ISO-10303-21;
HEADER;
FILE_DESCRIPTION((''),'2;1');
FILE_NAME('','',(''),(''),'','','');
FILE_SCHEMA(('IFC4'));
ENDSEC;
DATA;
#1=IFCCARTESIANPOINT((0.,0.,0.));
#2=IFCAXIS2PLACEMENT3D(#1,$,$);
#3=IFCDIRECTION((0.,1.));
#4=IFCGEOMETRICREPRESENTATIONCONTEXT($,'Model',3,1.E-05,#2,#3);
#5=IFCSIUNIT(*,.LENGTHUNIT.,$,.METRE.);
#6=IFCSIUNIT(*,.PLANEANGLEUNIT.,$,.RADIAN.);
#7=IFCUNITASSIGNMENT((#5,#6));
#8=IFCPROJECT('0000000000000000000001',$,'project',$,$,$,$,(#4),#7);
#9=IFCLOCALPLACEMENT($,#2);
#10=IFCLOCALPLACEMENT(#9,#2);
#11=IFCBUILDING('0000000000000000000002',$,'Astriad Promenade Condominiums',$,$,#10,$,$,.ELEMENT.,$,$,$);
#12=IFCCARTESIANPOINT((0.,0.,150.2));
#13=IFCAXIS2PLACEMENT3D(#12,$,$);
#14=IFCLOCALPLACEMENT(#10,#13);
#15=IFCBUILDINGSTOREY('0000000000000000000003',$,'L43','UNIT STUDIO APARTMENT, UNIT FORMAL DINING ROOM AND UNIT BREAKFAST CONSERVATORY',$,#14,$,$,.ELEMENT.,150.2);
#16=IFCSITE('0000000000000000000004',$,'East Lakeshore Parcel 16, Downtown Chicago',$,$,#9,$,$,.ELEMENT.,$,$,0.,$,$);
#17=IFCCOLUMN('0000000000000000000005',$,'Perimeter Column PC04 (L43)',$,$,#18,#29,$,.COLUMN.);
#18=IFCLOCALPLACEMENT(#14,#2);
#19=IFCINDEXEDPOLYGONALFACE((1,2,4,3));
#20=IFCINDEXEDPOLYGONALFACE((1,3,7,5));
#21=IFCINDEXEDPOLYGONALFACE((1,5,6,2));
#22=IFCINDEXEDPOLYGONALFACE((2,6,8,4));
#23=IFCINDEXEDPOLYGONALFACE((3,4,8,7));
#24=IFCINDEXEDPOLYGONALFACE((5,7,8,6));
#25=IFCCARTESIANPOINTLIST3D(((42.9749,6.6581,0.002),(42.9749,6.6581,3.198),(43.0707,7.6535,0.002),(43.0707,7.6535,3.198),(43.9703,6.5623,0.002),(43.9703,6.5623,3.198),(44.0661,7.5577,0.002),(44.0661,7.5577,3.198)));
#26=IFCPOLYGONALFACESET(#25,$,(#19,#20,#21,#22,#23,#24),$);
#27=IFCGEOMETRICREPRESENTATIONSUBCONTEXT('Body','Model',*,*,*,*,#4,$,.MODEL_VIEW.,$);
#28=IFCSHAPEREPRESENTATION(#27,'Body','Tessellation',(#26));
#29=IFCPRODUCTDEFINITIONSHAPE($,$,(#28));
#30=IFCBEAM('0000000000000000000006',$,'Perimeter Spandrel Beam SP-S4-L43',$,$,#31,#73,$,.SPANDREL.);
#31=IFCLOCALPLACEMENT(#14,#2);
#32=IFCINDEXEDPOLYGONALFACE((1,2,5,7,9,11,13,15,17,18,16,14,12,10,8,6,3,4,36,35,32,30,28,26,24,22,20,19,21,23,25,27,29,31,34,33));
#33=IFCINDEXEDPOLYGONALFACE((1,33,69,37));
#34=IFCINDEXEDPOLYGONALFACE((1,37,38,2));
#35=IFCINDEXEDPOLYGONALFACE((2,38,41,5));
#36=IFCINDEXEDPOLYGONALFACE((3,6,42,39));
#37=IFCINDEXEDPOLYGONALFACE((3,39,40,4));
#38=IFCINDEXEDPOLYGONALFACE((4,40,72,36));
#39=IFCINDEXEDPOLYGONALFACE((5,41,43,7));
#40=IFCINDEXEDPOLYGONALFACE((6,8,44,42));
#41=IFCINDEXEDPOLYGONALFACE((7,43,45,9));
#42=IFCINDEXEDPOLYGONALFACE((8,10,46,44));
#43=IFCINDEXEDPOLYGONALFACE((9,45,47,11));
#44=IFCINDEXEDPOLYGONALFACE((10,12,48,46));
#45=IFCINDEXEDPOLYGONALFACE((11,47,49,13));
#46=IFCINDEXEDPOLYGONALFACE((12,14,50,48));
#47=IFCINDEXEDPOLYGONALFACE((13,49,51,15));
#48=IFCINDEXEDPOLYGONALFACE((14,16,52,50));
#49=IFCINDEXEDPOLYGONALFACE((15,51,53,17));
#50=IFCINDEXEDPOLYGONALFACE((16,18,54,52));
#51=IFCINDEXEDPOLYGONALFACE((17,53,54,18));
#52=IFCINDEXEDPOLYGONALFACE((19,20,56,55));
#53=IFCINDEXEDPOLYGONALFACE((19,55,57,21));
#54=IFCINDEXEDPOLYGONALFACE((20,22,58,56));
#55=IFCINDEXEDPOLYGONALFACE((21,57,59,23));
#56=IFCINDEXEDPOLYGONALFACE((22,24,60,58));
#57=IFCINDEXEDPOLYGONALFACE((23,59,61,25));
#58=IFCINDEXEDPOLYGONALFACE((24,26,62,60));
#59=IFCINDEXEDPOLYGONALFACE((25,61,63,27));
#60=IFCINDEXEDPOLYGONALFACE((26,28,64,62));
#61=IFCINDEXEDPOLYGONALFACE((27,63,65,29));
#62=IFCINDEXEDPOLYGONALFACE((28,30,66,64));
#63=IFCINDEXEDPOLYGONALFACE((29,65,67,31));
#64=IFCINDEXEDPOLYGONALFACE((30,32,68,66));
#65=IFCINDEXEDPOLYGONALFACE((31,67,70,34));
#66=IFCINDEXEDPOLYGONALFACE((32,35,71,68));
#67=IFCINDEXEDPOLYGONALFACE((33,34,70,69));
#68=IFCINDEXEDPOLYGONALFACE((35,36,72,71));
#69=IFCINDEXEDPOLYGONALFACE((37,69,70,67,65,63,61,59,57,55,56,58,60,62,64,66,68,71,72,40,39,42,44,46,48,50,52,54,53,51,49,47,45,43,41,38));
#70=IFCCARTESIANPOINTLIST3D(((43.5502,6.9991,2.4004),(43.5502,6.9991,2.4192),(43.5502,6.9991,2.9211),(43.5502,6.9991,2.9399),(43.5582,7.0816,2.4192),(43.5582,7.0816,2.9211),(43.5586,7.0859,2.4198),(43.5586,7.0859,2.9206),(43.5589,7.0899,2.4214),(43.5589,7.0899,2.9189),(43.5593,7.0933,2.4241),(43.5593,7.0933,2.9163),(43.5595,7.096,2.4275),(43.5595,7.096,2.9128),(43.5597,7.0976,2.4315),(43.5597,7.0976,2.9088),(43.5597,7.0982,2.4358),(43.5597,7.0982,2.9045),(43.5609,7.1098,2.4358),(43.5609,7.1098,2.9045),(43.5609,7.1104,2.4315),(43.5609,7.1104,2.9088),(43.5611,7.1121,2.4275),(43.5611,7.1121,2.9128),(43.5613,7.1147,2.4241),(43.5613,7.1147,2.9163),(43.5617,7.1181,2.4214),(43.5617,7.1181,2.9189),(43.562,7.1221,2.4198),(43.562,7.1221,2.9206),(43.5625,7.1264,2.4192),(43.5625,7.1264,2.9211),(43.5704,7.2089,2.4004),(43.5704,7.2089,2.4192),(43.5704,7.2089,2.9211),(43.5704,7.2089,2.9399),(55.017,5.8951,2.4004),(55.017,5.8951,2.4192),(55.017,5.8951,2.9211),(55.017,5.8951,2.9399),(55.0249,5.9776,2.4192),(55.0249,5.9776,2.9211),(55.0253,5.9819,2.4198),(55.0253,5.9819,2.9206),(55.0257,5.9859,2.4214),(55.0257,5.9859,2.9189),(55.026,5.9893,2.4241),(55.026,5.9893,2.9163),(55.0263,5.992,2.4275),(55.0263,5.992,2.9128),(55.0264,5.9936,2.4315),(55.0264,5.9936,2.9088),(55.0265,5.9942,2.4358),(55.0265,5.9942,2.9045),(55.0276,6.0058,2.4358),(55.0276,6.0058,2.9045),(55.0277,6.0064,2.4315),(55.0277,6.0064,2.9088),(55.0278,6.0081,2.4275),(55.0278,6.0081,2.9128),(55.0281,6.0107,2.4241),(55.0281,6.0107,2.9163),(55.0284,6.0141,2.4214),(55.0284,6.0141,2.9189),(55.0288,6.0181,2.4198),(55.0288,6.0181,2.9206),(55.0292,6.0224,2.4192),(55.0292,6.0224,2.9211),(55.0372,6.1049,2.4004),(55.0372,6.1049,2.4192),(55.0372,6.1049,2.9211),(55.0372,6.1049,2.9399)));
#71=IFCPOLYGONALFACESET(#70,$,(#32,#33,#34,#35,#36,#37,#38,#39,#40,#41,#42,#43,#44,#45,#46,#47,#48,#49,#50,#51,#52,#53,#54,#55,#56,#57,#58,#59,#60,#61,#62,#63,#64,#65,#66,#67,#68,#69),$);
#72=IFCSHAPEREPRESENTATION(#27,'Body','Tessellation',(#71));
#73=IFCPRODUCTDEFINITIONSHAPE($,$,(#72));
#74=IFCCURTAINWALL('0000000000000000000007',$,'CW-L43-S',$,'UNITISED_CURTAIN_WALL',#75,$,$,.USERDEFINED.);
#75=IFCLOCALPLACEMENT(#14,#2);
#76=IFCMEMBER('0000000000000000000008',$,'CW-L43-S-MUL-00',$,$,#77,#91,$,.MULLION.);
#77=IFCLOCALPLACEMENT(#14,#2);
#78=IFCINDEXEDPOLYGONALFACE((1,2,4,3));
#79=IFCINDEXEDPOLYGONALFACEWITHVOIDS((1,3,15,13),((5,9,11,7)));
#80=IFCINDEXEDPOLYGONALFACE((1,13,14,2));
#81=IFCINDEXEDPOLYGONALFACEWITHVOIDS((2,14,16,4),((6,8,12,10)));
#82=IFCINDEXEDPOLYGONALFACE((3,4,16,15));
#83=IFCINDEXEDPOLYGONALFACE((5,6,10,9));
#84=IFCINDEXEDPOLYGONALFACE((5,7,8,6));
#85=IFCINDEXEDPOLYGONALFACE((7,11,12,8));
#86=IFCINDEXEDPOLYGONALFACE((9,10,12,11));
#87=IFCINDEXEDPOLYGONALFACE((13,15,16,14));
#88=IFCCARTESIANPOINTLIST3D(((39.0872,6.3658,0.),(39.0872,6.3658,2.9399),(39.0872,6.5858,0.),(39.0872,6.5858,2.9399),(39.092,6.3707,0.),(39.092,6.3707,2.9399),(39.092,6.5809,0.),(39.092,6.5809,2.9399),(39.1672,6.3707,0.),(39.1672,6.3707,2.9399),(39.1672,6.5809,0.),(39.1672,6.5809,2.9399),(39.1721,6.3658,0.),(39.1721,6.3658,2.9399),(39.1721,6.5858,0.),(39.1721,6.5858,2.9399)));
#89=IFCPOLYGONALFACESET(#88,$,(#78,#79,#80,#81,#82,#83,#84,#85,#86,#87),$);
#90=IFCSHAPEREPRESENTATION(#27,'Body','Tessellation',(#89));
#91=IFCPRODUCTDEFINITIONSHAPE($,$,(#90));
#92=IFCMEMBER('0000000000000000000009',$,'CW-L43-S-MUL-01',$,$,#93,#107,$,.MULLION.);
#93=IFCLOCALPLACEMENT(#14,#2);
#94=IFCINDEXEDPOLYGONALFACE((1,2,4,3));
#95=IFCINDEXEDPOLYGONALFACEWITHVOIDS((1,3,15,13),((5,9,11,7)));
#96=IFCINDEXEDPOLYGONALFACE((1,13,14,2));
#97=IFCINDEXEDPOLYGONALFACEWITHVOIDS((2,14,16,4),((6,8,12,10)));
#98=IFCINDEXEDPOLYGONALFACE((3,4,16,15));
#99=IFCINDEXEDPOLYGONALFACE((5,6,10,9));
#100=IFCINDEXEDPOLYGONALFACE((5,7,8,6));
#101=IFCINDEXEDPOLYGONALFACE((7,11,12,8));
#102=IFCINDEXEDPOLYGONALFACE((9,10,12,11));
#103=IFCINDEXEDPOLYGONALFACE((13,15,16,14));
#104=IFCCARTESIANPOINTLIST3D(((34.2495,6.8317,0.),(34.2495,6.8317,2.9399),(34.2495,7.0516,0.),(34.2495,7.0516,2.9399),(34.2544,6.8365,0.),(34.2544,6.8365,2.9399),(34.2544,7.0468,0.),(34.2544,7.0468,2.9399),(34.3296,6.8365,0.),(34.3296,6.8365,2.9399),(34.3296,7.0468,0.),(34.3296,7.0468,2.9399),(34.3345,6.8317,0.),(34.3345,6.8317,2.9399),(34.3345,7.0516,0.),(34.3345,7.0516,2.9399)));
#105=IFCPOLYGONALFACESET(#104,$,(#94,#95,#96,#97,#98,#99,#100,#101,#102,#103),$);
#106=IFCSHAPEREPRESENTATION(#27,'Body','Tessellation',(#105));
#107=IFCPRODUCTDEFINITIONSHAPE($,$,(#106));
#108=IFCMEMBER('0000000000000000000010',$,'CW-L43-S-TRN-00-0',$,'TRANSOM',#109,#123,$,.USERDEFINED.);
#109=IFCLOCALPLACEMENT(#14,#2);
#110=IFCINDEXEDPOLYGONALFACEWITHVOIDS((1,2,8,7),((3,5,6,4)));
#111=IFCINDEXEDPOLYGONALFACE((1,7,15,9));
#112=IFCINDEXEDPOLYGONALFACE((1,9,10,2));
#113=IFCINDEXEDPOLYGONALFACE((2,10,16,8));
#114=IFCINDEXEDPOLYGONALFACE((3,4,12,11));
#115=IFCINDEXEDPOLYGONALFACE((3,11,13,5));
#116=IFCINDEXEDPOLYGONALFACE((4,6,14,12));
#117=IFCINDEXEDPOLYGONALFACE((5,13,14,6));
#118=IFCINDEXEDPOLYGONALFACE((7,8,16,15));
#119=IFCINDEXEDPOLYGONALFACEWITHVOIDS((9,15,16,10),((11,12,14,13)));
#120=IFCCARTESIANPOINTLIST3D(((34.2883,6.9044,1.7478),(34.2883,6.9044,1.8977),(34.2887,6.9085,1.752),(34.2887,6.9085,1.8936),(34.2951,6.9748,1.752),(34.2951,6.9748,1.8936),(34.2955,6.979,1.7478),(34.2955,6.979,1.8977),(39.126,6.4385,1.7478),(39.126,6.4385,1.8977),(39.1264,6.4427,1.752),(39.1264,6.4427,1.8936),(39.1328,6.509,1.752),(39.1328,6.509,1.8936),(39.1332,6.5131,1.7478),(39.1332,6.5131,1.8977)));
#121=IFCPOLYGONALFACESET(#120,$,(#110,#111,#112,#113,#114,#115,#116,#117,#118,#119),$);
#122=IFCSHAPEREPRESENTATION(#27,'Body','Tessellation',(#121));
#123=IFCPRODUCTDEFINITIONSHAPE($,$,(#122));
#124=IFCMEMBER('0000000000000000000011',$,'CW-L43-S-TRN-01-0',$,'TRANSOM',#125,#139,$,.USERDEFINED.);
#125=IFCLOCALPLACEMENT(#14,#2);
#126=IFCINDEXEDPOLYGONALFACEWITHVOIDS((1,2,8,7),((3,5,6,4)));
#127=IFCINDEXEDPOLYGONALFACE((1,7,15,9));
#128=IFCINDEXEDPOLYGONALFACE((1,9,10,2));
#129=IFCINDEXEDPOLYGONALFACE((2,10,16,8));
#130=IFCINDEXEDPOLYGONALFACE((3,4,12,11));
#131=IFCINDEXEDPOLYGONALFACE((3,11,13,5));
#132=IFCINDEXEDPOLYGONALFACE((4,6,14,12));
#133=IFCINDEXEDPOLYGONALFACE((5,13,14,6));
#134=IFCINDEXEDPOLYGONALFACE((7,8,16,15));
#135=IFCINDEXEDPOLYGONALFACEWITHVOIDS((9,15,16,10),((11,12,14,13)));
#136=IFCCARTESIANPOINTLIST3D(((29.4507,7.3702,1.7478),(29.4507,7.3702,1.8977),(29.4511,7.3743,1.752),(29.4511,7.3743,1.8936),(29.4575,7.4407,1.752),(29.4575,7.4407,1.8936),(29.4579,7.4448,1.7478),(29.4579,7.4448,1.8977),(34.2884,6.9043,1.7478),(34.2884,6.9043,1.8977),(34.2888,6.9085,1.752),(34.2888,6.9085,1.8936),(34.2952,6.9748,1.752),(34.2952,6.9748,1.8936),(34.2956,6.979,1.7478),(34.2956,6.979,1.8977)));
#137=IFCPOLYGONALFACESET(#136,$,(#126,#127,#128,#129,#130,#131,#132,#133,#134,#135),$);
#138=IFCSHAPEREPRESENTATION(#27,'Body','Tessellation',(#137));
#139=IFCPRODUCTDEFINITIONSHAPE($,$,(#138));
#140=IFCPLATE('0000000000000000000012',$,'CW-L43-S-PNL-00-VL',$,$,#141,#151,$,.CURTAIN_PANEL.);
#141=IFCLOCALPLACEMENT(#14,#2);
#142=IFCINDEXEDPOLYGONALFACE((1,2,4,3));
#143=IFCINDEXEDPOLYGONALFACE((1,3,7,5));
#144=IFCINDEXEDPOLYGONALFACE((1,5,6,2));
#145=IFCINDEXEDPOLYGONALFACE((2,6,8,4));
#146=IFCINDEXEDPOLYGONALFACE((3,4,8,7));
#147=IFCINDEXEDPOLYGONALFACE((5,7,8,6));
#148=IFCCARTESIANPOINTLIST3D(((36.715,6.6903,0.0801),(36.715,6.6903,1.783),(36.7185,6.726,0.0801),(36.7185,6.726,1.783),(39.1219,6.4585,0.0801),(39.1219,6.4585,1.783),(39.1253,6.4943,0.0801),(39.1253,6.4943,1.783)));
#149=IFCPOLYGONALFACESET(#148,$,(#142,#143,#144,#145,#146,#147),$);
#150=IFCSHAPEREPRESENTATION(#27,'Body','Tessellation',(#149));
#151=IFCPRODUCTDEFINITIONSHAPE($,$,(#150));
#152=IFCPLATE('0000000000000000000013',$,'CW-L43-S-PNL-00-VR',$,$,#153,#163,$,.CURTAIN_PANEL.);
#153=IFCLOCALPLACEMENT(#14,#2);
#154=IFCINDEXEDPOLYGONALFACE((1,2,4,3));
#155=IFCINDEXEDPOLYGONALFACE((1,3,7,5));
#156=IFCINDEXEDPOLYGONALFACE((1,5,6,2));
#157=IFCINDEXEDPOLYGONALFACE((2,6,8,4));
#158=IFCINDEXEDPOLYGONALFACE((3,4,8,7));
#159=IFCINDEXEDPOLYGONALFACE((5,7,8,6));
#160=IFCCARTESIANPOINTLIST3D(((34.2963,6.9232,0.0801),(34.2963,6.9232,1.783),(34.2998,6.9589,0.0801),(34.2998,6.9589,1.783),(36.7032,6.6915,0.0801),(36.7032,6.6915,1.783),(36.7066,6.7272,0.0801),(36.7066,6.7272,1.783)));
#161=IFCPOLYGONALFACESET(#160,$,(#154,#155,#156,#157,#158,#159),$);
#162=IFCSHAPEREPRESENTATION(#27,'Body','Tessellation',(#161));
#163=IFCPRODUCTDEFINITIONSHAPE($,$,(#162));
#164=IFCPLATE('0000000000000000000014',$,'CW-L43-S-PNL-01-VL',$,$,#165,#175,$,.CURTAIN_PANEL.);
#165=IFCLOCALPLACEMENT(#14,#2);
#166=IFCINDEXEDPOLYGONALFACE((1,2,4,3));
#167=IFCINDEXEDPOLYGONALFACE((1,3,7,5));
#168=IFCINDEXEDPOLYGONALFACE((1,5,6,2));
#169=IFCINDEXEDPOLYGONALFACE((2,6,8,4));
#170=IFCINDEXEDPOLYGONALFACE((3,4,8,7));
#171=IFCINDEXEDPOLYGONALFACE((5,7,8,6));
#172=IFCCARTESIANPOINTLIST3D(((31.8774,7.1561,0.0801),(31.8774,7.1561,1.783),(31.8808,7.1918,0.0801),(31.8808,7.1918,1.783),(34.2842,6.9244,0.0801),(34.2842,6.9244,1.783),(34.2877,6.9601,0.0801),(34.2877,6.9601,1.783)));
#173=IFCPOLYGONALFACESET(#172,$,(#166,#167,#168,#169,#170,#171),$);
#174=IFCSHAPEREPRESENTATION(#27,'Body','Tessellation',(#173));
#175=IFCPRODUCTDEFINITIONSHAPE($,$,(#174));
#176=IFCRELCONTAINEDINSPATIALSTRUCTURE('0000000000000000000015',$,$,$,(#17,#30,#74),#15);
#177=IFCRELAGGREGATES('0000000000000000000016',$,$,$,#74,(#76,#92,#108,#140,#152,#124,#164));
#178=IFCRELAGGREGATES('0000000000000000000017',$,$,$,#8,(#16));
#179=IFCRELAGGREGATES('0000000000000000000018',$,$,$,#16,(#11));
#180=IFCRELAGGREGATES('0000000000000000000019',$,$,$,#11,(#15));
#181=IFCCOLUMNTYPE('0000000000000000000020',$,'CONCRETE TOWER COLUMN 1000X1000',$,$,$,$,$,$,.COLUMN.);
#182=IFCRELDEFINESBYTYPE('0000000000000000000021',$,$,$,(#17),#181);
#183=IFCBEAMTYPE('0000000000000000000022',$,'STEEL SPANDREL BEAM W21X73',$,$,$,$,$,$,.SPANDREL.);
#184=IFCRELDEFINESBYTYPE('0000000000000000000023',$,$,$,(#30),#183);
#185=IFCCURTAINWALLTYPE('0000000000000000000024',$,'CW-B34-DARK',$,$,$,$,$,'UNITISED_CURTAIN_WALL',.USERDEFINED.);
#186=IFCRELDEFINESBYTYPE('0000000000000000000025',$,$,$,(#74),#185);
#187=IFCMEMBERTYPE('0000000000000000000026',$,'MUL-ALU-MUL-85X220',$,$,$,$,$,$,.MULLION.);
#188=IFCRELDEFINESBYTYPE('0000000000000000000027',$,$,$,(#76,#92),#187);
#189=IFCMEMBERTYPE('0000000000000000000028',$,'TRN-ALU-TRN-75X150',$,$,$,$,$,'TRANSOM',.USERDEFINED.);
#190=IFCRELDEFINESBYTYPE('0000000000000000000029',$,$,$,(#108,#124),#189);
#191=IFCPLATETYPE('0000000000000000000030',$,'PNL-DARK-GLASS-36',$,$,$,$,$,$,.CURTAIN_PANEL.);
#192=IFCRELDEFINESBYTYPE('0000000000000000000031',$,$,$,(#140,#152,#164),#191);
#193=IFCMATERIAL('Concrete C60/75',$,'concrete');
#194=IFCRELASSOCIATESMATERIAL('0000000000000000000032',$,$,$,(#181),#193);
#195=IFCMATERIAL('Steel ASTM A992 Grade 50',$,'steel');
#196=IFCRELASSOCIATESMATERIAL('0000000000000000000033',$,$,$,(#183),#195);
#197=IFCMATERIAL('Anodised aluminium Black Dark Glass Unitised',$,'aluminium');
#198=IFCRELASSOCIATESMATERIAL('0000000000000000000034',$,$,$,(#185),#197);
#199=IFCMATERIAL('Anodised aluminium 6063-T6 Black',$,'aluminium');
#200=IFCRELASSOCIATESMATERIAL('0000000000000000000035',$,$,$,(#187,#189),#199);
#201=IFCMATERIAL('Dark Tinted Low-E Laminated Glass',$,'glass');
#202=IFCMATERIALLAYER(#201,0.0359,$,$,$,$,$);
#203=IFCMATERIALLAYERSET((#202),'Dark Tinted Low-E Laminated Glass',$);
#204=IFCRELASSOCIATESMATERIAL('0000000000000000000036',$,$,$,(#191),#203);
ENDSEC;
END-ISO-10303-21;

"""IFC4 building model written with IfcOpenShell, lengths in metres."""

from ifc_helpers import new_model, si_unit, direction, frame, origin, origin_2d, place, context, subcontext, project, spatial, rectangle, hollow_rectangle, i_section, extrude, source, transform, mapped, material, layer, layer_set, material_profile, profile_set, type_object, type_shapes, element, aggregate, save


model = new_model("IFC4")

# Units and contexts
model_context = context("Model", 3, precision=1e-05, world=origin(), true_north=direction((0.0, 1.0)))
body_context = subcontext(model_context, "Body", "Model", "MODEL_VIEW")
ifc_project = project(units=[si_unit("LENGTHUNIT", "METRE"), si_unit("PLANEANGLEUNIT", "RADIAN")], contexts=[model_context])

# Site, building, storey
site_placement = place(None, origin())
site = spatial("IfcSite", under=ifc_project, at=site_placement, Name="East Lakeshore Parcel 16, Downtown Chicago", CompositionType="ELEMENT", RefElevation=0.0)
building_placement = place(site_placement, origin())
building = spatial("IfcBuilding", under=site, at=building_placement, Name="Astriad Promenade Condominiums", CompositionType="ELEMENT")
storey_placement = place(building_placement, frame((0.0, 0.0, 150.2)))
storey = spatial("IfcBuildingStorey", under=building, at=storey_placement, Name="L43", Description="UNIT STUDIO APARTMENT, UNIT FORMAL DINING ROOM AND UNIT BREAKFAST CONSERVATORY", CompositionType="ELEMENT", Elevation=150.2)

# Column
ifc_material_1 = material(Name="Concrete C60/75", Category="concrete")
ifc_material_profile_1 = material_profile(ifc_material_1, rectangle(XDim=1.0, YDim=1.0, at=origin_2d()), Name="RC-COL-1000X1000")
ifc_profile_set_1 = profile_set([ifc_material_profile_1], Name="Concrete C60/75")
column_type = type_object("IfcColumnType", Name="CONCRETE TOWER COLUMN 1000X1000", PredefinedType="COLUMN", material=ifc_profile_set_1)
shared_shape_1 = source(origin(), body_context, "Body", "SweptSolid", [
    extrude(rectangle(XDim=1.0, YDim=1.0, at=origin_2d()), origin(), (0.0, 0.0, 1.0), 3.196),
])
type_shapes(column_type, [shared_shape_1])
column_placement = place(storey_placement, frame((43.5205, 7.1079, 0.002), z_axis=(0.0, 0.0, 1.0), x_axis=(0.995396, -0.095846, 0.0)))
element("IfcColumn", 1, at=column_placement, inside=storey, type_object=column_type, Name="Perimeter Column PC04 (L43)", PredefinedType="COLUMN", context=body_context, shape_type="MappedRepresentation", body=[
    mapped(shared_shape_1, transform((0.0, 0.0, 0.0), scale=1.0)),
])

# Beam
ifc_material_2 = material(Name="Steel ASTM A992 Grade 50", Category="steel")
ifc_material_profile_2 = material_profile(ifc_material_2, i_section(OverallWidth=0.2107, OverallDepth=0.5396, WebThickness=0.0117, FlangeThickness=0.0188, FilletRadius=0.0166, at=origin_2d()), Name="W21X73")
ifc_profile_set_2 = profile_set([ifc_material_profile_2], Name="Steel ASTM A992 Grade 50")
beam_type = type_object("IfcBeamType", Name="STEEL SPANDREL BEAM W21X73", PredefinedType="SPANDREL", material=ifc_profile_set_2)
shared_shape_2 = source(origin(), body_context, "Body", "SweptSolid", [
    extrude(i_section(OverallWidth=0.2107, OverallDepth=0.5396, WebThickness=0.0117, FlangeThickness=0.0188, FilletRadius=0.0166, at=origin_2d()), origin(), (0.0, 0.0, 1.0), 11.5198),
])
type_shapes(beam_type, [shared_shape_2])
beam_placement = place(storey_placement, frame((43.5603, 7.104, 2.6702), z_axis=(0.995397, -0.095835, 0.0), x_axis=(0.095835, 0.995397, 0.0)))
element("IfcBeam", 2, at=beam_placement, inside=storey, type_object=beam_type, Name="Perimeter Spandrel Beam SP-S4-L43", PredefinedType="SPANDREL", context=body_context, shape_type="MappedRepresentation", body=[
    mapped(shared_shape_2, transform((0.0, 0.0, 0.0), scale=1.0)),
])

# Curtain wall, members, plates
ifc_material_3 = material(Name="Anodised aluminium Black Dark Glass Unitised", Category="aluminium")
curtain_wall_type = type_object("IfcCurtainWallType", Name="CW-B34-DARK", ElementType="UNITISED_CURTAIN_WALL", PredefinedType="USERDEFINED", material=ifc_material_3)
curtain_wall_placement = place(storey_placement, origin())
curtain_wall = element("IfcCurtainWall", 3, at=curtain_wall_placement, inside=storey, type_object=curtain_wall_type, Name="CW-L43-S", ObjectType="UNITISED_CURTAIN_WALL", PredefinedType="USERDEFINED")
ifc_material_4 = material(Name="Anodised aluminium 6063-T6 Black", Category="aluminium")
ifc_material_profile_3 = material_profile(ifc_material_4, hollow_rectangle(XDim=0.085, YDim=0.22, WallThickness=0.0049, at=origin_2d()), Name="ALU-MUL-85X220")
ifc_profile_set_3 = profile_set([ifc_material_profile_3], Name="Anodised aluminium 6063-T6 Black")
member_type_1 = type_object("IfcMemberType", Name="MUL-ALU-MUL-85X220", PredefinedType="MULLION", material=ifc_profile_set_3)
shared_shape_3 = source(origin(), body_context, "Body", "SweptSolid", [
    extrude(hollow_rectangle(XDim=0.085, YDim=0.22, WallThickness=0.0049, at=origin_2d()), origin(), (0.0, 0.0, 1.0), 2.9399),
])
type_shapes(member_type_1, [shared_shape_3])
member_1_placement = place(storey_placement, frame((39.1296, 6.4758, 0.0), z_axis=(0.0, 0.0, 1.0), x_axis=(1.0, 0.0, 0.0)))
member_1 = element("IfcMember", 4, at=member_1_placement, type_object=member_type_1, Name="CW-L43-S-MUL-00", PredefinedType="MULLION", context=body_context, shape_type="MappedRepresentation", body=[
    mapped(shared_shape_3, transform((0.0, 0.0, 0.0), scale=1.0)),
])
member_2_placement = place(storey_placement, frame((34.292, 6.9417, 0.0), z_axis=(0.0, 0.0, 1.0), x_axis=(1.0, 0.0, 0.0)))
member_2 = element("IfcMember", 5, at=member_2_placement, type_object=member_type_1, Name="CW-L43-S-MUL-01", PredefinedType="MULLION", context=body_context, shape_type="MappedRepresentation", body=[
    mapped(shared_shape_3, transform((0.0, 0.0, 0.0), scale=1.0)),
])
ifc_material_profile_4 = material_profile(ifc_material_4, hollow_rectangle(XDim=0.075, YDim=0.1499, WallThickness=0.0042, at=origin_2d()), Name="ALU-TRN-75X150")
ifc_profile_set_4 = profile_set([ifc_material_profile_4], Name="Anodised aluminium 6063-T6 Black")
member_type_2 = type_object("IfcMemberType", Name="TRN-ALU-TRN-75X150", ElementType="TRANSOM", PredefinedType="USERDEFINED", material=ifc_profile_set_4)
shared_shape_4 = source(origin(), body_context, "Body", "SweptSolid", [
    extrude(hollow_rectangle(XDim=0.075, YDim=0.1499, WallThickness=0.0042, at=origin_2d()), origin(), (0.0, 0.0, 1.0), 4.8601),
])
type_shapes(member_type_2, [shared_shape_4])
member_3_placement = place(storey_placement, frame((39.1296, 6.4758, 1.8228), z_axis=(-0.995396, 0.095847, 0.0), x_axis=(-0.095847, -0.995396, 0.0)))
member_3 = element("IfcMember", 6, at=member_3_placement, type_object=member_type_2, Name="CW-L43-S-TRN-00-0", ObjectType="TRANSOM", PredefinedType="USERDEFINED", context=body_context, shape_type="MappedRepresentation", body=[
    mapped(shared_shape_4, transform((0.0, 0.0, 0.0), scale=1.0)),
])
member_4_placement = place(storey_placement, frame((34.292, 6.9417, 1.8228), z_axis=(-0.995396, 0.095847, 0.0), x_axis=(-0.095847, -0.995396, 0.0)))
member_4 = element("IfcMember", 7, at=member_4_placement, type_object=member_type_2, Name="CW-L43-S-TRN-01-0", ObjectType="TRANSOM", PredefinedType="USERDEFINED", context=body_context, shape_type="MappedRepresentation", body=[
    mapped(shared_shape_4, transform((0.0, 0.0, 0.0), scale=1.0)),
])
ifc_material_5 = material(Name="Dark Tinted Low-E Laminated Glass", Category="glass")
ifc_layer_1 = layer(ifc_material_5, 0.0359)
ifc_layer_set_1 = layer_set([ifc_layer_1], Name="Dark Tinted Low-E Laminated Glass")
plate_type = type_object("IfcPlateType", Name="PNL-DARK-GLASS-36", PredefinedType="CURTAIN_PANEL", material=ifc_layer_set_1)
shared_shape_5 = source(origin(), body_context, "Body", "SweptSolid", [
    extrude(rectangle(XDim=2.418, YDim=0.0359, at=origin_2d()), origin(), (0.0, 0.0, 1.0), 1.7029),
])
plate_1_placement = place(storey_placement, frame((37.9202, 6.5923, 0.0801), z_axis=(0.0, 0.0, 1.0), x_axis=(-0.995396, 0.095846, 0.0)))
plate_1 = element("IfcPlate", 8, at=plate_1_placement, type_object=plate_type, Name="CW-L43-S-PNL-00-VL", PredefinedType="CURTAIN_PANEL", context=body_context, shape_type="MappedRepresentation", body=[
    mapped(shared_shape_5, transform((0.0, 0.0, 0.0), scale=1.0)),
])
plate_2_placement = place(storey_placement, frame((35.5015, 6.8252, 0.0801), z_axis=(0.0, 0.0, 1.0), x_axis=(-0.995396, 0.095846, 0.0)))
plate_2 = element("IfcPlate", 9, at=plate_2_placement, type_object=plate_type, Name="CW-L43-S-PNL-00-VR", PredefinedType="CURTAIN_PANEL", context=body_context, shape_type="MappedRepresentation", body=[
    mapped(shared_shape_5, transform((0.0, 0.0, 0.0), scale=1.0)),
])
plate_3_placement = place(storey_placement, frame((33.0825, 7.0581, 0.0801), z_axis=(0.0, 0.0, 1.0), x_axis=(-0.995396, 0.095846, 0.0)))
plate_3 = element("IfcPlate", 10, at=plate_3_placement, type_object=plate_type, Name="CW-L43-S-PNL-01-VL", PredefinedType="CURTAIN_PANEL", context=body_context, shape_type="MappedRepresentation", body=[
    mapped(shared_shape_5, transform((0.0, 0.0, 0.0), scale=1.0)),
])
aggregate(curtain_wall, [member_1, member_2, member_3, plate_1, plate_2, member_4, plate_3])

save(model, "model.ifc")
